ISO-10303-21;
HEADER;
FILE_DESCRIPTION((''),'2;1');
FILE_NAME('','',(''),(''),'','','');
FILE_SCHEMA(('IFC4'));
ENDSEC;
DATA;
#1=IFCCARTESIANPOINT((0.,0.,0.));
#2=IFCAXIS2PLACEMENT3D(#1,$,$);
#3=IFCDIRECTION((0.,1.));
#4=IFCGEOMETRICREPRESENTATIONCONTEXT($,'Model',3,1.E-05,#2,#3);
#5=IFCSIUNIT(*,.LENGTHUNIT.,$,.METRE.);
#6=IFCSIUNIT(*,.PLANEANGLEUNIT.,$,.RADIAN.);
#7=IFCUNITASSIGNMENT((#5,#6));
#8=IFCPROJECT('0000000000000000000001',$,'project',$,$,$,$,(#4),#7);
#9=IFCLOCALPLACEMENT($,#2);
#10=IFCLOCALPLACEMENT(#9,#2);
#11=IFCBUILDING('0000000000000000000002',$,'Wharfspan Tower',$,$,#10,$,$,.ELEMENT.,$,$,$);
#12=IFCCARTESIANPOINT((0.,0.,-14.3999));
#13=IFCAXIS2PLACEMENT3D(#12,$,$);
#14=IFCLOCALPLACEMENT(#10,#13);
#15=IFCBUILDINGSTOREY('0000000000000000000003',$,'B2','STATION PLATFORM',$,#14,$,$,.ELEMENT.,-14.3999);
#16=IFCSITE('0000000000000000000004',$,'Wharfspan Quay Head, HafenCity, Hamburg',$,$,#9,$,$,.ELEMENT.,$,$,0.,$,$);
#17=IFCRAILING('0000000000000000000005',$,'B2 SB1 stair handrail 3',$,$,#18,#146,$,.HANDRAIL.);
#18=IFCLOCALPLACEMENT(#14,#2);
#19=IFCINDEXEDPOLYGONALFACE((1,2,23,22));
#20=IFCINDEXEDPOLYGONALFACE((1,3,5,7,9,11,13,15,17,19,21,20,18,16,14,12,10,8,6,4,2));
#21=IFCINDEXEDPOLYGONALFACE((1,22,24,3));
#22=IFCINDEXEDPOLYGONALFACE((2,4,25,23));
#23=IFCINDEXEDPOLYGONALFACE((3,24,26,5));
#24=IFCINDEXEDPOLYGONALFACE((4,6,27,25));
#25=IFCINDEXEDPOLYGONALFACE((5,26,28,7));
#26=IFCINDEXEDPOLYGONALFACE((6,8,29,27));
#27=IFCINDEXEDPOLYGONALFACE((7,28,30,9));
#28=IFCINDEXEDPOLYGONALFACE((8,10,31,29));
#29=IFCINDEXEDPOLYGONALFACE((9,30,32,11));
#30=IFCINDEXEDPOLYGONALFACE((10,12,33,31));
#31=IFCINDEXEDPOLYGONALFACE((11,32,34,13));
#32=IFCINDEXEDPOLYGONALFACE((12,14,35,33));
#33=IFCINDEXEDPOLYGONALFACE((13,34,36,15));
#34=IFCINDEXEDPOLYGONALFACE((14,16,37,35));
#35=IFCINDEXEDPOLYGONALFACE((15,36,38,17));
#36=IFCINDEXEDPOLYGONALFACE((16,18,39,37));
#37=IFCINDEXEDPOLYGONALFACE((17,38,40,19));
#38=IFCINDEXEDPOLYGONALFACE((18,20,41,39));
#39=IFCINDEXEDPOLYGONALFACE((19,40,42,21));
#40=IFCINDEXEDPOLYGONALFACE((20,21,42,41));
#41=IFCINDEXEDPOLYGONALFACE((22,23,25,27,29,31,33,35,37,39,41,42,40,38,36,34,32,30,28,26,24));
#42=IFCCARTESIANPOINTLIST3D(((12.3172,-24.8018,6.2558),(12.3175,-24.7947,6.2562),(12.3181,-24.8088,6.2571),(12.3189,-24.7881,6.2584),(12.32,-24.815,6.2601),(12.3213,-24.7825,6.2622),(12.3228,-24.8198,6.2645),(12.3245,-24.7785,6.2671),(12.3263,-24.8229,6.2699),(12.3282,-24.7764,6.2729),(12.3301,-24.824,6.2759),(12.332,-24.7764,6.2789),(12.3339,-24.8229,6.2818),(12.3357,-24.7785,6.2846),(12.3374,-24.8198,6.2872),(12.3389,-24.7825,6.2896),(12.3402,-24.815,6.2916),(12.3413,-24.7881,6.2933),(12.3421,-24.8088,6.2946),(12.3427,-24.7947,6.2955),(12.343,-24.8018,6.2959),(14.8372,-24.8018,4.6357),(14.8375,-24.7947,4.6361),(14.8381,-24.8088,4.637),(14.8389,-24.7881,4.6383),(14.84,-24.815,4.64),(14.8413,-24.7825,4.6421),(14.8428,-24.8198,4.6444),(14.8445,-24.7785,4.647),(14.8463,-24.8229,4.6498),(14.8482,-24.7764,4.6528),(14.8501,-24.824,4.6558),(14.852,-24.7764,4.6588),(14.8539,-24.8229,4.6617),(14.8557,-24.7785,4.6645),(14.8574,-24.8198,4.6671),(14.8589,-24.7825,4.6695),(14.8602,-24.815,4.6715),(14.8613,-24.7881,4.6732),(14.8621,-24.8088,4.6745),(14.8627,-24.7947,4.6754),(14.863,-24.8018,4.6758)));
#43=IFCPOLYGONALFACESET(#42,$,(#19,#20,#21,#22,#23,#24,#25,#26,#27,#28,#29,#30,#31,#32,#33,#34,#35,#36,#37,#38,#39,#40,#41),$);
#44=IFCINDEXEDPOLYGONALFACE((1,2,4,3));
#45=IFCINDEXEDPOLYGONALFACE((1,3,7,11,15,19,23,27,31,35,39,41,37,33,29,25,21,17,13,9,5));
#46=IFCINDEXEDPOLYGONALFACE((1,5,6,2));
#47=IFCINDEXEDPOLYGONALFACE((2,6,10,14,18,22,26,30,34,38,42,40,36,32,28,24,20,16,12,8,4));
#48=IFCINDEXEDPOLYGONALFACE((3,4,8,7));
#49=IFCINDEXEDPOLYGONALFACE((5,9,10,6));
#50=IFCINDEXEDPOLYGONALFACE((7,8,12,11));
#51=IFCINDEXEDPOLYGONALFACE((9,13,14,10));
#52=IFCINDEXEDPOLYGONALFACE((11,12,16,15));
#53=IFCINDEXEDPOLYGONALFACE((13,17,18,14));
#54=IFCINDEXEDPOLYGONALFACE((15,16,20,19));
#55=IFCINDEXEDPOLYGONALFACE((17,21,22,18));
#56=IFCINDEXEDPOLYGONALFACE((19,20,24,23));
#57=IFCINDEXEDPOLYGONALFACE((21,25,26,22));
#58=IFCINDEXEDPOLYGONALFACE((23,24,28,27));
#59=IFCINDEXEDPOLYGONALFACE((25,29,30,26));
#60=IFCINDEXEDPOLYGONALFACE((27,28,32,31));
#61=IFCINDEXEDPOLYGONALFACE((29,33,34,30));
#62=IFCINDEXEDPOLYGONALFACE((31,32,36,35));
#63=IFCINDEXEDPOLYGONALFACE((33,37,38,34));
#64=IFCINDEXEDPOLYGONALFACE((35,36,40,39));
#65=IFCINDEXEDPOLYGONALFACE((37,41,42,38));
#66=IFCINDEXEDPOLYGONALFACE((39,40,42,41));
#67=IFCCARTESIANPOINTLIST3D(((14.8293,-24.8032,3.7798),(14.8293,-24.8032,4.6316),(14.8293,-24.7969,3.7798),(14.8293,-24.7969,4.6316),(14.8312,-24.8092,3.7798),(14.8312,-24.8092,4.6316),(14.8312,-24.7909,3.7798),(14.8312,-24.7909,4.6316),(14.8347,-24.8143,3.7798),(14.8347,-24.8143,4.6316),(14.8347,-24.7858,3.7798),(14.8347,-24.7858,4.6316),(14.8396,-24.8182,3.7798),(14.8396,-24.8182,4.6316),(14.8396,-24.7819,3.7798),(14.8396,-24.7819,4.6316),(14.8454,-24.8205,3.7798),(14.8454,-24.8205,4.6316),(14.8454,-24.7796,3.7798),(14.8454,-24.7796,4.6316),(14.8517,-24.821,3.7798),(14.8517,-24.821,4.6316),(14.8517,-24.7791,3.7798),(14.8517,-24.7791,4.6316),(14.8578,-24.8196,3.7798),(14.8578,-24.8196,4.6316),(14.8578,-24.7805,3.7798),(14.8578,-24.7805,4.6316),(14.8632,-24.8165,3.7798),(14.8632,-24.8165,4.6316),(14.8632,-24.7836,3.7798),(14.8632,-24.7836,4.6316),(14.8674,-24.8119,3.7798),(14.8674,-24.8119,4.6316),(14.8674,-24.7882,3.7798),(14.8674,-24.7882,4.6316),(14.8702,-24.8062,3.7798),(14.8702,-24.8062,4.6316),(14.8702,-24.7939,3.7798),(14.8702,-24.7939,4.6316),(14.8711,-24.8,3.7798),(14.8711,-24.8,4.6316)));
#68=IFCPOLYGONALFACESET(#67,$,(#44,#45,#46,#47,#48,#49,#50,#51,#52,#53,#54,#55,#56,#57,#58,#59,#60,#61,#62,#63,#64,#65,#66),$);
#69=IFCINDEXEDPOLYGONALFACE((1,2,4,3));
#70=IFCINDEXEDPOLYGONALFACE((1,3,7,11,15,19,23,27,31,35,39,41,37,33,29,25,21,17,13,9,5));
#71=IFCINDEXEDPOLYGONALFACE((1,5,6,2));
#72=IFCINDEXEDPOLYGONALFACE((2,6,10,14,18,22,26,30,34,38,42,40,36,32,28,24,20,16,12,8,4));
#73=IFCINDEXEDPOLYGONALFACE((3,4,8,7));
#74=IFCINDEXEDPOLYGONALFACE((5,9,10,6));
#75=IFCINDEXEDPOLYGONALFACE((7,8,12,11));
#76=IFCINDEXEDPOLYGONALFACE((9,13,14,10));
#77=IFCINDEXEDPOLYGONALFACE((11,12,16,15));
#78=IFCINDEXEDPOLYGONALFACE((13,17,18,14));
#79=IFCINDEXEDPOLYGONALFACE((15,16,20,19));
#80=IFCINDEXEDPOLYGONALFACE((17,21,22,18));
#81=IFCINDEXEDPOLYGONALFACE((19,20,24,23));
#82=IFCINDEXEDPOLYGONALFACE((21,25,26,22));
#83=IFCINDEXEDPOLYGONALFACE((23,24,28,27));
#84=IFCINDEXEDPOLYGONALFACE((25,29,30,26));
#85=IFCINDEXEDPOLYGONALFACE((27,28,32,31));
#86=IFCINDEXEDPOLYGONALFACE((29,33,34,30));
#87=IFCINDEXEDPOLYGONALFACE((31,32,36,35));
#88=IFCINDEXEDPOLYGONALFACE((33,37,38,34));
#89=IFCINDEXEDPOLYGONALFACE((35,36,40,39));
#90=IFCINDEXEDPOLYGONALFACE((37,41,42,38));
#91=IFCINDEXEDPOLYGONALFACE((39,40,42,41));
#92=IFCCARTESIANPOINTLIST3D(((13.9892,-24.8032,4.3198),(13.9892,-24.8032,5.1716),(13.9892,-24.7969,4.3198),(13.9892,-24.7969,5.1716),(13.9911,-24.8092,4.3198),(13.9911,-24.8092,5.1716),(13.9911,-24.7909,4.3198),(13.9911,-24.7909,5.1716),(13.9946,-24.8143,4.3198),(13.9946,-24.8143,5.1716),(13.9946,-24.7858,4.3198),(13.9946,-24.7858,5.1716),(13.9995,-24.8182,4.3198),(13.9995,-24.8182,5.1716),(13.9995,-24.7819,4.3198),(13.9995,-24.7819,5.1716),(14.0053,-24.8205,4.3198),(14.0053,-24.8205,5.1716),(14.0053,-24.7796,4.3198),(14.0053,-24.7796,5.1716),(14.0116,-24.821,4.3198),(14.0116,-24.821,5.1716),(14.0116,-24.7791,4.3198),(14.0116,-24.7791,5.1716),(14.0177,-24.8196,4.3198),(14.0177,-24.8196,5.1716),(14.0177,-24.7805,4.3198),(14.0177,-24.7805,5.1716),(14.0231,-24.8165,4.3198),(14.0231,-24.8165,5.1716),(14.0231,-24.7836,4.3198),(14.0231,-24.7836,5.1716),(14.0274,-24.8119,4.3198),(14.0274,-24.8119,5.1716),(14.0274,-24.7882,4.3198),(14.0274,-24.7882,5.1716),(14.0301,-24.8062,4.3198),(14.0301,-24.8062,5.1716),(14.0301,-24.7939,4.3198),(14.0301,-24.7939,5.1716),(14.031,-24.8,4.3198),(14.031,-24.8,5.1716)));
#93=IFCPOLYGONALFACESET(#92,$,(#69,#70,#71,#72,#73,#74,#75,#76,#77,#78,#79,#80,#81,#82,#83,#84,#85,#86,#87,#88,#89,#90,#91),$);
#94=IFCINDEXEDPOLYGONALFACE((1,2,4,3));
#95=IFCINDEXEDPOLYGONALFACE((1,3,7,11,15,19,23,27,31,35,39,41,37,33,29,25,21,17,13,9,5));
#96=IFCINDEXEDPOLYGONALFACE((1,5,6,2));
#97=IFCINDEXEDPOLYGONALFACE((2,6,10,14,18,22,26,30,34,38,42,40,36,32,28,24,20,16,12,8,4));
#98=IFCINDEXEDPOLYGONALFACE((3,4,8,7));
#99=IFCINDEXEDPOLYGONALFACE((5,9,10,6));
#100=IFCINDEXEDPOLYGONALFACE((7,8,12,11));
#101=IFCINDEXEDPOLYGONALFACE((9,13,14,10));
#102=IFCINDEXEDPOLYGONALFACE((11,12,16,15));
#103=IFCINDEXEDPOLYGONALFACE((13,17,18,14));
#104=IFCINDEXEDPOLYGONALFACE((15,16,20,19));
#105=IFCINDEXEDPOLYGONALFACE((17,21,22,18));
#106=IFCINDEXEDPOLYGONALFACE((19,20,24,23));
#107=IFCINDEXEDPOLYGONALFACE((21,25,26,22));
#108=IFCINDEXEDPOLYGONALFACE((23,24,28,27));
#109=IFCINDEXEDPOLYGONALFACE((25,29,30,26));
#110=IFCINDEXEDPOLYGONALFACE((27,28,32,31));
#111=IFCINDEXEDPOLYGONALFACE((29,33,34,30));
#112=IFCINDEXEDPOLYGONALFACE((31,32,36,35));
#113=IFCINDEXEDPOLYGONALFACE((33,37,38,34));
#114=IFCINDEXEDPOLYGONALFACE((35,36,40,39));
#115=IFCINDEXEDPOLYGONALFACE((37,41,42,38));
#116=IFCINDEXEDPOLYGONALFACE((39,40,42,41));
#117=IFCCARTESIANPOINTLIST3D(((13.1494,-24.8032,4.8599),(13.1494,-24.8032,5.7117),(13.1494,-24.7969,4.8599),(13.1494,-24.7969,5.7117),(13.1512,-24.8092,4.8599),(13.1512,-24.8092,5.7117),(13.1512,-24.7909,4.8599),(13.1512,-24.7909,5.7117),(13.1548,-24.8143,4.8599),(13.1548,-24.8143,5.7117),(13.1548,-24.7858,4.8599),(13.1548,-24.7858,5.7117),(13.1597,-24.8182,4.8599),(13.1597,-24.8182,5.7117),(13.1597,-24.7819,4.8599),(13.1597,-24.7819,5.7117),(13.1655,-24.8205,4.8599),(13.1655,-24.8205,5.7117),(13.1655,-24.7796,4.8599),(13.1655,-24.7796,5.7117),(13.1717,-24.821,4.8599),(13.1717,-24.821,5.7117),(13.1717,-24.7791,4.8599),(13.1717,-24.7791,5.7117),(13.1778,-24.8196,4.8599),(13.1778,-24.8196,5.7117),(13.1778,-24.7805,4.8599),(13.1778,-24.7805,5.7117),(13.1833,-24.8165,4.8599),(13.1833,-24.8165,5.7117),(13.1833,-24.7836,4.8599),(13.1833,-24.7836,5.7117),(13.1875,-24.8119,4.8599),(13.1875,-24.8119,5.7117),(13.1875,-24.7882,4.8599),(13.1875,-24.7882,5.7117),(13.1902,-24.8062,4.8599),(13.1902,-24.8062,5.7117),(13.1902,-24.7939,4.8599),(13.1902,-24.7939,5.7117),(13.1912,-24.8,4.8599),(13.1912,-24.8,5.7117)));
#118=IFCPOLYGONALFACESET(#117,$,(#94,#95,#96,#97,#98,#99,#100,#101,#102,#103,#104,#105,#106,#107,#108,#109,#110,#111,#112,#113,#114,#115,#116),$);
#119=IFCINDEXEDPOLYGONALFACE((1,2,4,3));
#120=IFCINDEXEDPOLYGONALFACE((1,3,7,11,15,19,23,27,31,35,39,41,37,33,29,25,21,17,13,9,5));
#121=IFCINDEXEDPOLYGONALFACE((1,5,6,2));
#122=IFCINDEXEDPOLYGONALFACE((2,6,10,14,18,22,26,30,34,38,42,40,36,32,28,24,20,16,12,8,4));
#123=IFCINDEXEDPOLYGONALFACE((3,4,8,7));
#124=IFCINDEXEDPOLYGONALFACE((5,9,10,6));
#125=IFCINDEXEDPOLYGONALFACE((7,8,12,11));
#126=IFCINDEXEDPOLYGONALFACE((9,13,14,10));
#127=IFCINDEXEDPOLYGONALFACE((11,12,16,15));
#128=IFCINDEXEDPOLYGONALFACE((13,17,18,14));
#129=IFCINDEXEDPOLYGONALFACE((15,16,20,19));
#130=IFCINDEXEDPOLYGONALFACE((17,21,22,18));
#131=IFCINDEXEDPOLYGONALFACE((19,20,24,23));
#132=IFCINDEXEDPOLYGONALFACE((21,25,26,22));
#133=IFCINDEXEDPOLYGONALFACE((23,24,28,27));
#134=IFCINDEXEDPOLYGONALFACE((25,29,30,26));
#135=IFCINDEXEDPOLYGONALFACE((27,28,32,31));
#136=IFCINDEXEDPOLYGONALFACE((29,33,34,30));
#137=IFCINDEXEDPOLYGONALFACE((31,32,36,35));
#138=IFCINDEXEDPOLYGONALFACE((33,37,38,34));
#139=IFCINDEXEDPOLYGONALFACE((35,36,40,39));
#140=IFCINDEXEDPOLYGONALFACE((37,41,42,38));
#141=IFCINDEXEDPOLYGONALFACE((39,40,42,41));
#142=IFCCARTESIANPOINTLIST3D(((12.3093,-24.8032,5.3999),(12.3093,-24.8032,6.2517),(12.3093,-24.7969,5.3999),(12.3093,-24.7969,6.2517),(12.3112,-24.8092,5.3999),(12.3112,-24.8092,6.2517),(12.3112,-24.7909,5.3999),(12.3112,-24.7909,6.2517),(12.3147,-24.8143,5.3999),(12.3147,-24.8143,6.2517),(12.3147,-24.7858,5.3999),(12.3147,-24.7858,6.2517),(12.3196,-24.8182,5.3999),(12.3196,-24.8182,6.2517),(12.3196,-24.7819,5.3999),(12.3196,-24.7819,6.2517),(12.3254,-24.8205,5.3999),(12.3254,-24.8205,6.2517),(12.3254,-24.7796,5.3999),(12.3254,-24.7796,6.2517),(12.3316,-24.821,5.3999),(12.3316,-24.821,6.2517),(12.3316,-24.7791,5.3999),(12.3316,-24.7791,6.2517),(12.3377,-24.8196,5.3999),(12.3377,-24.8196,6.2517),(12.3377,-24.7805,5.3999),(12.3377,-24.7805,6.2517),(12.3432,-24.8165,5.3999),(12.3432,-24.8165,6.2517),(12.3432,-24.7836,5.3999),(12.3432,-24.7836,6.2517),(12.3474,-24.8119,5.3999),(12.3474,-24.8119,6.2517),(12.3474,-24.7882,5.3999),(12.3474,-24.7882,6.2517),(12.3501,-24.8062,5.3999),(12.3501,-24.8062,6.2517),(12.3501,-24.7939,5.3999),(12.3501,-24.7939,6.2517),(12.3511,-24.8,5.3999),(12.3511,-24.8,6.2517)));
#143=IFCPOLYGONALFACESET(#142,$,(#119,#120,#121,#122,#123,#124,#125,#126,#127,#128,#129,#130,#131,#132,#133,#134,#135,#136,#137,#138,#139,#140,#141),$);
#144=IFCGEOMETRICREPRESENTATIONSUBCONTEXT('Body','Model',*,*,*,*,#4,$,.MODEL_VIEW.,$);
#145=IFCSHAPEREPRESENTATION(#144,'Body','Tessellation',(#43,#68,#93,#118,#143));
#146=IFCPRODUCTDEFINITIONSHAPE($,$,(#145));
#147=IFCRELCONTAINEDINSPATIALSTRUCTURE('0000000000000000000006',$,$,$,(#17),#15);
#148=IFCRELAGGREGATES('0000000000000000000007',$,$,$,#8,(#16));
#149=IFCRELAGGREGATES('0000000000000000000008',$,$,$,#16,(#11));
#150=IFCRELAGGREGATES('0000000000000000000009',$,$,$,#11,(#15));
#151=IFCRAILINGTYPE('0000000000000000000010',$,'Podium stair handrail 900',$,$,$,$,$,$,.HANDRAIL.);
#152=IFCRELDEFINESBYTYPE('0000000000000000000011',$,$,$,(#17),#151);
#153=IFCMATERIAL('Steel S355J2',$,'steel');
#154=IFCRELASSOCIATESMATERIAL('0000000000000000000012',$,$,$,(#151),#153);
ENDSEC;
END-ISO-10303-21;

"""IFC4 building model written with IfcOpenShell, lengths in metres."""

from ifc_helpers import new_model, si_unit, direction, frame, origin, origin_2d, place, context, subcontext, project, spatial, circle, extrude, material, type_object, element, save


model = new_model("IFC4")

# Units and contexts
model_context = context("Model", 3, precision=1e-05, world=origin(), true_north=direction((0.0, 1.0)))
body_context = subcontext(model_context, "Body", "Model", "MODEL_VIEW")
ifc_project = project(units=[si_unit("LENGTHUNIT", "METRE"), si_unit("PLANEANGLEUNIT", "RADIAN")], contexts=[model_context])

# Site, building, storey
site_placement = place(None, origin())
site = spatial("IfcSite", under=ifc_project, at=site_placement, Name="Wharfspan Quay Head, HafenCity, Hamburg", CompositionType="ELEMENT", RefElevation=0.0)
building_placement = place(site_placement, origin())
building = spatial("IfcBuilding", under=site, at=building_placement, Name="Wharfspan Tower", CompositionType="ELEMENT")
storey_placement = place(building_placement, frame((0.0, 0.0, -14.3999)))
storey = spatial("IfcBuildingStorey", under=building, at=storey_placement, Name="B2", Description="STATION PLATFORM", CompositionType="ELEMENT", Elevation=-14.3999)

# Railing
ifc_material_1 = material(Name="Steel S355J2", Category="steel")
railing_type_1 = type_object("IfcRailingType", Name="Podium stair handrail 900", PredefinedType="HANDRAIL", material=ifc_material_1)
railing_1_placement = place(storey_placement, frame((14.8501, -24.8, 3.7798)))
element("IfcRailing", 1, at=railing_1_placement, inside=storey, type_object=railing_type_1, Name="B2 SB1 stair handrail 3", PredefinedType="HANDRAIL", context=body_context, shape_type="SweptSolid", body=[
    extrude(circle(Radius=0.0239, at=origin_2d()), frame((0.0, 0.0, 0.876), z_axis=(-0.841163, 0.0, 0.540782), x_axis=(0.0, -1.0, 0.0)), (0.0, 0.0, 1.0), 2.9958),
    extrude(circle(Radius=0.021, at=origin_2d()), origin(), (0.0, 0.0, 1.0), 0.8518),
    extrude(circle(Radius=0.021, at=origin_2d()), frame((-0.8401, 0.0, 0.54)), (0.0, 0.0, 1.0), 0.8518),
    extrude(circle(Radius=0.021, at=origin_2d()), frame((-1.6799, 0.0, 1.0801)), (0.0, 0.0, 1.0), 0.8518),
    extrude(circle(Radius=0.021, at=origin_2d()), frame((-2.52, 0.0, 1.6201)), (0.0, 0.0, 1.0), 0.8518),
])

save(model, "model.ifc")
